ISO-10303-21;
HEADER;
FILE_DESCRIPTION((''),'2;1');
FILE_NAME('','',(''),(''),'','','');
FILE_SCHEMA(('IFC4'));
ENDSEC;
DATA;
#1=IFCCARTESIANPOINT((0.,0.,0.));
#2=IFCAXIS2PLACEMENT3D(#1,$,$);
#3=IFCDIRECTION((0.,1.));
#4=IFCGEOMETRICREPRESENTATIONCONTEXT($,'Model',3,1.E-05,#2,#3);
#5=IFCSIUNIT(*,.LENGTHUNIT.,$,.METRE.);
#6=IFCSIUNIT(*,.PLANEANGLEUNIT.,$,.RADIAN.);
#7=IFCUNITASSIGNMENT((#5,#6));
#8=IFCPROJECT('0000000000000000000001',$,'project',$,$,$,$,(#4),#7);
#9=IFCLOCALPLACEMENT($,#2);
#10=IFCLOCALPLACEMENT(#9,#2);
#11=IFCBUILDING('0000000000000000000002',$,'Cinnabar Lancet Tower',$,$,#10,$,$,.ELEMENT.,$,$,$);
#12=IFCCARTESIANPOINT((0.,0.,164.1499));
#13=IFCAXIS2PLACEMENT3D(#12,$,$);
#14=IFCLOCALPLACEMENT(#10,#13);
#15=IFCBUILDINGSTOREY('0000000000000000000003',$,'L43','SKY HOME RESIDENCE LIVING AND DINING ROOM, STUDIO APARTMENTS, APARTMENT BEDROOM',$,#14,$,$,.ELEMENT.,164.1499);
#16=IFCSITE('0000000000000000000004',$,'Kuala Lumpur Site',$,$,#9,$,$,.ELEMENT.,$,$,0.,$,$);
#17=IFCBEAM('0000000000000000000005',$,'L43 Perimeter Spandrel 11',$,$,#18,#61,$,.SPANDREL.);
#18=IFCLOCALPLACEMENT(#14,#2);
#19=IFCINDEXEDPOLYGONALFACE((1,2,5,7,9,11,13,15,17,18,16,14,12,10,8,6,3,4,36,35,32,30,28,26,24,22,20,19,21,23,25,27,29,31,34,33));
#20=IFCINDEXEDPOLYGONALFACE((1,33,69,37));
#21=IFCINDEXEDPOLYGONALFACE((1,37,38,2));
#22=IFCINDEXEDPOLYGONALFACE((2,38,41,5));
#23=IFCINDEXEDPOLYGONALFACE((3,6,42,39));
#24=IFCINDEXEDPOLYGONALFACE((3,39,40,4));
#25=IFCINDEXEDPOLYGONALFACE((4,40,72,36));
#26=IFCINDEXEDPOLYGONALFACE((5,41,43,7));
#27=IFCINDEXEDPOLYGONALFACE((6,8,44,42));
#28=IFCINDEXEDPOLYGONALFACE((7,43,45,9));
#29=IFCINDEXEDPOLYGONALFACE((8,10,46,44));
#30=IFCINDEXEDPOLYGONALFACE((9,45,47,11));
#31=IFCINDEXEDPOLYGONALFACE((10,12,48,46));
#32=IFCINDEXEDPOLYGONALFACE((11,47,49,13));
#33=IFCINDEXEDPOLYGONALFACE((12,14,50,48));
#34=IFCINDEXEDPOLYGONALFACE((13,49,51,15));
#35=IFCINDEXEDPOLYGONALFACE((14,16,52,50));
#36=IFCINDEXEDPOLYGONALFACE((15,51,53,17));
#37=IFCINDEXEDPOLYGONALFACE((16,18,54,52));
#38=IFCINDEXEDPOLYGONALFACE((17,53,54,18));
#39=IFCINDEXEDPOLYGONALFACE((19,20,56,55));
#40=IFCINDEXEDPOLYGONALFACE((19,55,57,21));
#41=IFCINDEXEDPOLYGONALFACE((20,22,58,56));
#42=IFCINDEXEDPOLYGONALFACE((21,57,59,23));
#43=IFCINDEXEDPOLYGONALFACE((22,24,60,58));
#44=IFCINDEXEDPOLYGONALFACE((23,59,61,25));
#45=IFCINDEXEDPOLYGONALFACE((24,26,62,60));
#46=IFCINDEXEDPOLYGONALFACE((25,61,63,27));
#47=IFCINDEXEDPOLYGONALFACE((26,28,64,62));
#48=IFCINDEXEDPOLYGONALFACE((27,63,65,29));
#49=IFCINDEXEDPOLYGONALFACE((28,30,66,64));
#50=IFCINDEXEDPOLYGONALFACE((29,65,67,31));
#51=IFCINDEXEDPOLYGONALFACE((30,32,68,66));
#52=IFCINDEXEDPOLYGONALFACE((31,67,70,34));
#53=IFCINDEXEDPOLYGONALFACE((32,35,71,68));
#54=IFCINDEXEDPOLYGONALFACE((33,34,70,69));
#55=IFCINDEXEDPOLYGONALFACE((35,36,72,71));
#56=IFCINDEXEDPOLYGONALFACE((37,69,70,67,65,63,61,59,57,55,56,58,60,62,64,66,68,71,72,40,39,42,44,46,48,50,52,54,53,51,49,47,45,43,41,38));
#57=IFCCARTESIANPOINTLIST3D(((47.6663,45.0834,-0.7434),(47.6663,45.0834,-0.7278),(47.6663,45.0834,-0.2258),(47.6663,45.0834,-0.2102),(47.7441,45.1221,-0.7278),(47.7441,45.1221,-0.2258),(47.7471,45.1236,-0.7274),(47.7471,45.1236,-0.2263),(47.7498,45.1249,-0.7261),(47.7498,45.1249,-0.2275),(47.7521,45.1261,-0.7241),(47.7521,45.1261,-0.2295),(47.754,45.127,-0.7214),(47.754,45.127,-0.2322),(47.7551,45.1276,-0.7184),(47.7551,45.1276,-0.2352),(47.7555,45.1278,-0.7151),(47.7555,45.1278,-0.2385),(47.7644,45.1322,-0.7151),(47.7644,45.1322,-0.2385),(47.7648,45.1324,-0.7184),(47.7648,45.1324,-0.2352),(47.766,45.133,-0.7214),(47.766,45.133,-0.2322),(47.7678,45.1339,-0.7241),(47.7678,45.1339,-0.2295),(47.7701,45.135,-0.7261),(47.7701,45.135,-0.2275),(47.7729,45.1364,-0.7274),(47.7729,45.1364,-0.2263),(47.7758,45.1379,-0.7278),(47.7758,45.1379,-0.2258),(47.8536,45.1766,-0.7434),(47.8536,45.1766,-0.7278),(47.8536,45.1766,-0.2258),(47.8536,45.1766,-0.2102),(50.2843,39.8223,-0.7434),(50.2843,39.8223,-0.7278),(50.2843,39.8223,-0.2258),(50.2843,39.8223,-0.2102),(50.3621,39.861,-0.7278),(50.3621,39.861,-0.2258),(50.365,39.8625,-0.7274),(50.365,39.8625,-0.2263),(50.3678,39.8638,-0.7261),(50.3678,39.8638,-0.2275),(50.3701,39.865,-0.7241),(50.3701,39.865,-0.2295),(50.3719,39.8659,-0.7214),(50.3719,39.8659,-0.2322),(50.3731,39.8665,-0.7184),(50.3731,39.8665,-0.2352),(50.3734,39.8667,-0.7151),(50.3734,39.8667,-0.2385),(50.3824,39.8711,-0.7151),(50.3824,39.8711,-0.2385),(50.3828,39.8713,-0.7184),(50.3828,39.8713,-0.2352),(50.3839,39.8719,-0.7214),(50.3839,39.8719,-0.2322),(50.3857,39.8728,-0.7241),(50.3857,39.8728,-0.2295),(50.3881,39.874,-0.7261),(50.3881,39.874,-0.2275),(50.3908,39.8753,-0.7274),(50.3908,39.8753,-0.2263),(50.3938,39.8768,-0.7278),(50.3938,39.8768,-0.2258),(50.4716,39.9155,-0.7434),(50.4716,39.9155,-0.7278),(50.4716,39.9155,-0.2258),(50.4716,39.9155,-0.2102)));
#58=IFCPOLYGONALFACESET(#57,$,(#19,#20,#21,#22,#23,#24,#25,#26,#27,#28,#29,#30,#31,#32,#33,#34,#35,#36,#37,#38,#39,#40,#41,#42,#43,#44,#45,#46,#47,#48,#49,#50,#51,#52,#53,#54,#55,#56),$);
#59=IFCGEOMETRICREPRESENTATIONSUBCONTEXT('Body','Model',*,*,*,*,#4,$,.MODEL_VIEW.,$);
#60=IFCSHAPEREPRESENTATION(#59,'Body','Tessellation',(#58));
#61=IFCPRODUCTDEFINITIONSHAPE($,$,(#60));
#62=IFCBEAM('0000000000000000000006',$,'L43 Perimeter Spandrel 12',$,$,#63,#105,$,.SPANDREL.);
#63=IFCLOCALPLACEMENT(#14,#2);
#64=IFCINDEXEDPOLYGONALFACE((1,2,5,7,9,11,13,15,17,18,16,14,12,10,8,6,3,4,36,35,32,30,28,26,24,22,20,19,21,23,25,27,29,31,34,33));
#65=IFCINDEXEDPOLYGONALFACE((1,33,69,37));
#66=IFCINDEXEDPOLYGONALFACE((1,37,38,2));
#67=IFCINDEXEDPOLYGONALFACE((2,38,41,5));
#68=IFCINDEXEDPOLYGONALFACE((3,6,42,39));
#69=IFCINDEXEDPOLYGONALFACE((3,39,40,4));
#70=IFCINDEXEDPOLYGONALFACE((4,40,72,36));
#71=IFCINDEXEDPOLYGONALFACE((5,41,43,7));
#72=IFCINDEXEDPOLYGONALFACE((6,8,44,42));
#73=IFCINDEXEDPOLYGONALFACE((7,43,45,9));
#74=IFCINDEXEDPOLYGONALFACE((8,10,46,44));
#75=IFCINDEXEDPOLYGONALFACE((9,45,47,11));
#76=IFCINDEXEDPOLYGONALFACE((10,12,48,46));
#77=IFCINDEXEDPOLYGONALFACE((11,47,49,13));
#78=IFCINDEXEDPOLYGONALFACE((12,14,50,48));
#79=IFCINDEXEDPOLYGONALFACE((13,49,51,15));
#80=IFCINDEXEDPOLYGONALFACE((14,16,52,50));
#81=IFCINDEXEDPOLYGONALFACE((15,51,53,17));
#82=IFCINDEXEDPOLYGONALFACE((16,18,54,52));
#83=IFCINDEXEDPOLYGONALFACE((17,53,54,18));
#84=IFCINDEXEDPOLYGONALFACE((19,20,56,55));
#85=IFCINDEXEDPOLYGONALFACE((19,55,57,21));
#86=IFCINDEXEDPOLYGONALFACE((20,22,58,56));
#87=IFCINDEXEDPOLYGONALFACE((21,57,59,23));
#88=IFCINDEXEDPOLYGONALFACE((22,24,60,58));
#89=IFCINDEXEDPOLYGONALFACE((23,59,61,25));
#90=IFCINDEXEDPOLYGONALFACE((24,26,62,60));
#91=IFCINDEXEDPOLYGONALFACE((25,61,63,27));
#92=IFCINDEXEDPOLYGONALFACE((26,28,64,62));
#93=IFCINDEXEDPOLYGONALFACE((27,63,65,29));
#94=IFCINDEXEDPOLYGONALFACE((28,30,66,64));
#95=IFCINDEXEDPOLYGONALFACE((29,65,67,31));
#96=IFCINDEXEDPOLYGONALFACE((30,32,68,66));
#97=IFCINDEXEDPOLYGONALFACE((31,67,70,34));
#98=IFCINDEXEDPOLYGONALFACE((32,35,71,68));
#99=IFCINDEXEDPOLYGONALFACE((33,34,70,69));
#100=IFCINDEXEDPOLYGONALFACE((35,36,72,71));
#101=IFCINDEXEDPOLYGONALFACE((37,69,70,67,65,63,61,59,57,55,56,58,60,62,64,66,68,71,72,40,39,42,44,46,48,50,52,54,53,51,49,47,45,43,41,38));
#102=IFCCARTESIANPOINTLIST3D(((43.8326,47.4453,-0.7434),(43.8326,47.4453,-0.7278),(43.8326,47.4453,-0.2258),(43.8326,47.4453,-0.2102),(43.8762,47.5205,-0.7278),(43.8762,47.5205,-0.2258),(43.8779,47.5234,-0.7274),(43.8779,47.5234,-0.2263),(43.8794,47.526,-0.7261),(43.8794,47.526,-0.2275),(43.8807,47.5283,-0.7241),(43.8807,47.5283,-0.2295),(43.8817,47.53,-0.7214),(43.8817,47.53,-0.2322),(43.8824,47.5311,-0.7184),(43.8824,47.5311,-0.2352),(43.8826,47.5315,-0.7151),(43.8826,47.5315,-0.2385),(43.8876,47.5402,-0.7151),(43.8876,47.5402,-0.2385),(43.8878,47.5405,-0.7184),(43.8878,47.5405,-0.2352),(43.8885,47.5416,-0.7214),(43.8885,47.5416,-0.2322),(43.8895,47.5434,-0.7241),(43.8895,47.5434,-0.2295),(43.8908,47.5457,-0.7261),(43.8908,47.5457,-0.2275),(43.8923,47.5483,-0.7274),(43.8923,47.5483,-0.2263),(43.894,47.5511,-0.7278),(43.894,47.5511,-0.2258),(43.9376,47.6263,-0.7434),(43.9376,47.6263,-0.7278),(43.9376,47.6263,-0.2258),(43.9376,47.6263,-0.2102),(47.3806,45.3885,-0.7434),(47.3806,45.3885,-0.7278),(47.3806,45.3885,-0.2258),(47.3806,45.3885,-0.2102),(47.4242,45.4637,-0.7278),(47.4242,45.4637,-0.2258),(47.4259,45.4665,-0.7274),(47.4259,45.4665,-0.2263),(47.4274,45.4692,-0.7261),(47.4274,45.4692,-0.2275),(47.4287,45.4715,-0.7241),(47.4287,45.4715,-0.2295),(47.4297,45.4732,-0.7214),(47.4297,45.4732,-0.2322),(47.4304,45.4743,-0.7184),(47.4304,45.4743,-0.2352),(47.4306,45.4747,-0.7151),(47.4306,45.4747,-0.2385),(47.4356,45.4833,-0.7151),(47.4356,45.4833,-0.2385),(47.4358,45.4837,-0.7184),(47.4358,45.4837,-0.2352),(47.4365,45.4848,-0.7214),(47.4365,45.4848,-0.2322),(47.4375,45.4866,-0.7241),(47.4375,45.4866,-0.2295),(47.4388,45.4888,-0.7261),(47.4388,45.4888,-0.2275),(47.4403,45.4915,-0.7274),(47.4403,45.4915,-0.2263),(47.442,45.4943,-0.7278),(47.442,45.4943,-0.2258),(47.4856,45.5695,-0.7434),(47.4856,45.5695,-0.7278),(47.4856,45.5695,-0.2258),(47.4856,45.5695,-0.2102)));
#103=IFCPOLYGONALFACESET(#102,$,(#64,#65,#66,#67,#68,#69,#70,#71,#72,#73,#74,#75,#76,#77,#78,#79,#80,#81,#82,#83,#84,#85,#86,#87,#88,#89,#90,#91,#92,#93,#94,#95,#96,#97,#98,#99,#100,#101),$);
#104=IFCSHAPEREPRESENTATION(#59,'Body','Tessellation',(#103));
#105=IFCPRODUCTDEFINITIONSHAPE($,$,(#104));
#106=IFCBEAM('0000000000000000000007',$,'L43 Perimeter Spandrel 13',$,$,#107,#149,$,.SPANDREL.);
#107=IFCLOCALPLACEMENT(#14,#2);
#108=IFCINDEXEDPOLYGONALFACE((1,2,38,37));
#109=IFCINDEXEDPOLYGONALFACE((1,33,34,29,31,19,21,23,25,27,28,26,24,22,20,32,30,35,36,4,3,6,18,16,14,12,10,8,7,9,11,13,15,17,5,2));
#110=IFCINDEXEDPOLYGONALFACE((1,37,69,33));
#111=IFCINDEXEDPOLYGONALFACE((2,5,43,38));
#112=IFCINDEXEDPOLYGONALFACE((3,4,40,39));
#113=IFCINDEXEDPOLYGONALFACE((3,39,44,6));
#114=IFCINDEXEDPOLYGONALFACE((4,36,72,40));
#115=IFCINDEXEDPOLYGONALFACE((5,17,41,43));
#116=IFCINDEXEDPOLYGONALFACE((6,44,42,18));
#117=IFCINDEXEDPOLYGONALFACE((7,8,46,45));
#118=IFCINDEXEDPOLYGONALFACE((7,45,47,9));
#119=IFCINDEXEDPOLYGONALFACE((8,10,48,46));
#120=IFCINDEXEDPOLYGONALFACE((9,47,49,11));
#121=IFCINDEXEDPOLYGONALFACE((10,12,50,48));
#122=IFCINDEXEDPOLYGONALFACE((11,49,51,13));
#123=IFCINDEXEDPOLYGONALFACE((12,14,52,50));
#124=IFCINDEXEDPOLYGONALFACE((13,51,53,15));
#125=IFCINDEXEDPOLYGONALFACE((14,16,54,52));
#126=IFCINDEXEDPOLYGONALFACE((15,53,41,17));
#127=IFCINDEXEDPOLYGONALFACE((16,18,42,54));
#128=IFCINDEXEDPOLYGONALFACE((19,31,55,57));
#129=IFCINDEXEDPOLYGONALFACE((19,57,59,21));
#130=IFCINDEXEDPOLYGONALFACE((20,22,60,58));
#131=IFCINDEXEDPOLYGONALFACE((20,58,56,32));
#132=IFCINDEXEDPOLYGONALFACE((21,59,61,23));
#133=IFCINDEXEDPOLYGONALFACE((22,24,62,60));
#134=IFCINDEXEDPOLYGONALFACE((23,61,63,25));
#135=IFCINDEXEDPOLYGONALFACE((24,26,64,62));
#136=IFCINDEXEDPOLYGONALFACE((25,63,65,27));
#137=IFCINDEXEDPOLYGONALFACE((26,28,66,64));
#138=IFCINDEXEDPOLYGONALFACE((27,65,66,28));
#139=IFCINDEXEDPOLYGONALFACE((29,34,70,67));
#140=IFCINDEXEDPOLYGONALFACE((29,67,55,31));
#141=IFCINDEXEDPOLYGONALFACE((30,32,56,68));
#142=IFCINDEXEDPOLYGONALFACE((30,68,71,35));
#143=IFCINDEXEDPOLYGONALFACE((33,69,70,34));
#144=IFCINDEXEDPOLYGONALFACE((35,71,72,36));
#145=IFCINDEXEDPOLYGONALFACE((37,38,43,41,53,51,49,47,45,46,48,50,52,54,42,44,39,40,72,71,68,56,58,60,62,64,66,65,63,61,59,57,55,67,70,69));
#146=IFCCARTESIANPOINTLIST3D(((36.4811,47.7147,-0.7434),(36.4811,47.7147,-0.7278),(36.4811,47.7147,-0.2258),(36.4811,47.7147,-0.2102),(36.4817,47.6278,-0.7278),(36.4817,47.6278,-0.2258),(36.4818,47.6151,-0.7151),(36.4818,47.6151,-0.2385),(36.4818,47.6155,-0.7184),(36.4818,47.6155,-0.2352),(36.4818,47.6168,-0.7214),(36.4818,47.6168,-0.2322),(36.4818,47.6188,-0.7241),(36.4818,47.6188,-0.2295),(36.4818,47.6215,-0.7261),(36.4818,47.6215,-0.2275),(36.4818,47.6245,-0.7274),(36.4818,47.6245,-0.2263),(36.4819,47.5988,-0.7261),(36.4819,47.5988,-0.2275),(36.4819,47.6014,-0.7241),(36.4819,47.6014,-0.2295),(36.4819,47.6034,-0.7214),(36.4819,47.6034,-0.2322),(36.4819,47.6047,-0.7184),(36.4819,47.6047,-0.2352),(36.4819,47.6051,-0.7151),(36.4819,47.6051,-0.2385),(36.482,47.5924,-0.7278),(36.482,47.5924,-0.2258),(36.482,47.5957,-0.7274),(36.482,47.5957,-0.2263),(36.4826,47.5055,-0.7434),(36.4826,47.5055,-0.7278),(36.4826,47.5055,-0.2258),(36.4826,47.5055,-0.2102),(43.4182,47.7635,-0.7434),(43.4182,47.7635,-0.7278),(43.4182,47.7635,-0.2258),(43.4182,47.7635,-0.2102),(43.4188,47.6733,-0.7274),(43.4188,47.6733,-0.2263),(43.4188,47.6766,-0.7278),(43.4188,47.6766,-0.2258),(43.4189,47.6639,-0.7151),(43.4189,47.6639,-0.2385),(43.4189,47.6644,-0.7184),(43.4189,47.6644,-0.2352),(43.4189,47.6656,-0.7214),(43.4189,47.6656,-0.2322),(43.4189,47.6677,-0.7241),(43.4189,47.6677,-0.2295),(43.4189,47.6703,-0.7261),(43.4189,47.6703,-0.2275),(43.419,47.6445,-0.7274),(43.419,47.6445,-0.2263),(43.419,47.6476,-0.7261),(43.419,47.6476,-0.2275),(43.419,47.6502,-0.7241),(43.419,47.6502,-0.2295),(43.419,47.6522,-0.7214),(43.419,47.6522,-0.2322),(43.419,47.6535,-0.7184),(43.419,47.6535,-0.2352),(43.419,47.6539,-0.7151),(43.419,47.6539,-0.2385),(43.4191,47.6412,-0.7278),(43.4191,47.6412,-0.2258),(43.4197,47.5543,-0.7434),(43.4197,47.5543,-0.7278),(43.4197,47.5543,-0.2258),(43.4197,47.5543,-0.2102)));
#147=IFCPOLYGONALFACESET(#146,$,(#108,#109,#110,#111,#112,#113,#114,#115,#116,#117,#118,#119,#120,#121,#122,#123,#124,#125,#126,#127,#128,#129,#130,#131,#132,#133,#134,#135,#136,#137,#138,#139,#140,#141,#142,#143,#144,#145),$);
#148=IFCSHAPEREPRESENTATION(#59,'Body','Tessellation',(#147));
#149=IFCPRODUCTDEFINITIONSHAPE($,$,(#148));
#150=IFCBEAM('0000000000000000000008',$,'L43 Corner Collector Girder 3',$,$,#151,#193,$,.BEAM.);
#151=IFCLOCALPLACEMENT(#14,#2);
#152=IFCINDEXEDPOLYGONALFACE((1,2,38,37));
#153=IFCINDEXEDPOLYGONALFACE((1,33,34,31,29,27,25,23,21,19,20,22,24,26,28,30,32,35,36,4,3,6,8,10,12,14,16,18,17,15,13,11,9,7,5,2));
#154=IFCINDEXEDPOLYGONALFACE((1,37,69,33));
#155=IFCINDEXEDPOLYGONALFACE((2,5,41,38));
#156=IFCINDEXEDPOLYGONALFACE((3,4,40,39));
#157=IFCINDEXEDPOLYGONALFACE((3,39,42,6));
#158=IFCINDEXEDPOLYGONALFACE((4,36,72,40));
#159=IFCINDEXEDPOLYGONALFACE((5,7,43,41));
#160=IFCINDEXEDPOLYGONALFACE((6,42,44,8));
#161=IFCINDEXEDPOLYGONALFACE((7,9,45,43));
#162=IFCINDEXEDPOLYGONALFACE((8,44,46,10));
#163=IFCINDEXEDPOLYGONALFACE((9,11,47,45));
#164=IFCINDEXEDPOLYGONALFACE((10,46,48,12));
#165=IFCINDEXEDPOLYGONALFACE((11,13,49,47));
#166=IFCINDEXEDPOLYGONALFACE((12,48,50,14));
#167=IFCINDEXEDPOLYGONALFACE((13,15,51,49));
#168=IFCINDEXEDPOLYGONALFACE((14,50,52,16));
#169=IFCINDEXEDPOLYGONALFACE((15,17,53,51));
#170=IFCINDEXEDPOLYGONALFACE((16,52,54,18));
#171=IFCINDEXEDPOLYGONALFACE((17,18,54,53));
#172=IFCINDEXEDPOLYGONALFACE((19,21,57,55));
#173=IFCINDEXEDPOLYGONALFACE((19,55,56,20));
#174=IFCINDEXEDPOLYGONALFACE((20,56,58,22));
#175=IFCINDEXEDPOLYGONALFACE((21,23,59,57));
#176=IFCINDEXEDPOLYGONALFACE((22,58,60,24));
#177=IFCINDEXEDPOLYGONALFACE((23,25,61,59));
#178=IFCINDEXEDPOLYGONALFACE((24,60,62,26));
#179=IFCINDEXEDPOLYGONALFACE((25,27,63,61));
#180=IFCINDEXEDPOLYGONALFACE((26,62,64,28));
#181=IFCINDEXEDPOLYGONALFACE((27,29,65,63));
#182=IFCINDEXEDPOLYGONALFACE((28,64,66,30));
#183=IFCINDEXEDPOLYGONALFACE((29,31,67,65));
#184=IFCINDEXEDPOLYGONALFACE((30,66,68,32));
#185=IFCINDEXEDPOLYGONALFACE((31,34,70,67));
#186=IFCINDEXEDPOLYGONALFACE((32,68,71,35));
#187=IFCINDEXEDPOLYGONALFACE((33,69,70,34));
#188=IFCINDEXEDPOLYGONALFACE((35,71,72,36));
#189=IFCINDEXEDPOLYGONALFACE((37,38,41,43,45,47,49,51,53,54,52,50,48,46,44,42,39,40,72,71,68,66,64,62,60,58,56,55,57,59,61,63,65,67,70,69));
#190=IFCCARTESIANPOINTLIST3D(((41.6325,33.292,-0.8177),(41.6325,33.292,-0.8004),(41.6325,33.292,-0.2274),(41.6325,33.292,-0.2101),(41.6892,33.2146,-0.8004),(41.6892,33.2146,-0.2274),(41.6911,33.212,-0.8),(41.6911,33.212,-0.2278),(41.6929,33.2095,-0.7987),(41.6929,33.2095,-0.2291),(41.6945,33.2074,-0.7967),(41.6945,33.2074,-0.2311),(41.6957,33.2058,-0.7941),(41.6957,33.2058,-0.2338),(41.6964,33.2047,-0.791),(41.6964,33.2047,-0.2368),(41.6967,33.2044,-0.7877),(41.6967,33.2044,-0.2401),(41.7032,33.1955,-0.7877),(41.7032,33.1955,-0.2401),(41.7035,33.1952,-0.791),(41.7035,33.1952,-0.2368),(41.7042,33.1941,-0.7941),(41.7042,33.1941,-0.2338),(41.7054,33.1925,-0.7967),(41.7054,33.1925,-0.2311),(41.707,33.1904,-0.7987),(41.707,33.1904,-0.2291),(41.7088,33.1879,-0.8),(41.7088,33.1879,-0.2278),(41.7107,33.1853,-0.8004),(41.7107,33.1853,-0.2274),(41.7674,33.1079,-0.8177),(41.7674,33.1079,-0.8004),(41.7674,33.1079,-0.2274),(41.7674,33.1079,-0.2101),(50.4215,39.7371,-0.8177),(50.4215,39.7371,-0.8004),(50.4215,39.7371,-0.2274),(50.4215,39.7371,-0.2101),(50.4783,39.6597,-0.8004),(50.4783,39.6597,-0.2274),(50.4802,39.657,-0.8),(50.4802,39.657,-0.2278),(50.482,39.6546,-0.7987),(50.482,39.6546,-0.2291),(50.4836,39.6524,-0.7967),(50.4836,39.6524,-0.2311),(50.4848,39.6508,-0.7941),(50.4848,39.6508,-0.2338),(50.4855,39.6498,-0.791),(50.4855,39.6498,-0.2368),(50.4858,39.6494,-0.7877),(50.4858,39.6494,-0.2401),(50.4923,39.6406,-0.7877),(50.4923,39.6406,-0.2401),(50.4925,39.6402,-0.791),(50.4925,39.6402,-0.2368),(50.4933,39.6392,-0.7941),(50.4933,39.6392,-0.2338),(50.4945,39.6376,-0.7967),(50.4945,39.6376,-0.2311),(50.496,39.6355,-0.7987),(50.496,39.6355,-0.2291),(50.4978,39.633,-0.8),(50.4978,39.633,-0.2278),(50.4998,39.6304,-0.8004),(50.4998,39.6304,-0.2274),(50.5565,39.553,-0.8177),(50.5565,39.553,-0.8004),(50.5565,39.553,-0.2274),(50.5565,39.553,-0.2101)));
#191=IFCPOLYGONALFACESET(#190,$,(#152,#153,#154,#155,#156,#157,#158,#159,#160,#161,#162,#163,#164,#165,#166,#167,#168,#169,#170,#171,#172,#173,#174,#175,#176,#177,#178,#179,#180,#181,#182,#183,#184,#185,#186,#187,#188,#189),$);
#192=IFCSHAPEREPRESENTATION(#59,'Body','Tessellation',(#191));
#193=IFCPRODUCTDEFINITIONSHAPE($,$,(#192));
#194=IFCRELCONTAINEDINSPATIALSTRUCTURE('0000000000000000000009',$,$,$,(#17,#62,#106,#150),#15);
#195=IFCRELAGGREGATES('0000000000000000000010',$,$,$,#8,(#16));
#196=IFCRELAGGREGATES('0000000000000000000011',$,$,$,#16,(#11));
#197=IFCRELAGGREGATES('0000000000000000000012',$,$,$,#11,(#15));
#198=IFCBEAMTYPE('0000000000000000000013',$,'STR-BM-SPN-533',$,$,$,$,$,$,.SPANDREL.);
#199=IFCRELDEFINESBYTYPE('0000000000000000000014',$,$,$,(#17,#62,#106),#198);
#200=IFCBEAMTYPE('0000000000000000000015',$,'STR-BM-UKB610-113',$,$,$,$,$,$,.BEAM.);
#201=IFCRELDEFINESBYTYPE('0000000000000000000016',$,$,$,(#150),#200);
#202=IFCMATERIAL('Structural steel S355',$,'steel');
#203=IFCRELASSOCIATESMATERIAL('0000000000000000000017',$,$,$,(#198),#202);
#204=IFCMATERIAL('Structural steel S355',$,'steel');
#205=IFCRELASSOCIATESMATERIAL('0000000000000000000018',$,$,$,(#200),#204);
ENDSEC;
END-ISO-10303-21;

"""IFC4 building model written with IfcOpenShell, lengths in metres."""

from ifc_helpers import new_model, si_unit, direction, frame, origin, origin_2d, place, context, subcontext, project, spatial, i_section, extrude, material, material_profile, profile_set, type_object, element, save


model = new_model("IFC4")

# Units and contexts
model_context = context("Model", 3, precision=1e-05, world=origin(), true_north=direction((0.0, 1.0)))
body_context = subcontext(model_context, "Body", "Model", "MODEL_VIEW")
ifc_project = project(units=[si_unit("LENGTHUNIT", "METRE"), si_unit("PLANEANGLEUNIT", "RADIAN")], contexts=[model_context])

# Site, building, storey
site_placement = place(None, origin())
site = spatial("IfcSite", under=ifc_project, at=site_placement, Name="Kuala Lumpur Site", CompositionType="ELEMENT", RefElevation=0.0)
building_placement = place(site_placement, origin())
building = spatial("IfcBuilding", under=site, at=building_placement, Name="Cinnabar Lancet Tower", CompositionType="ELEMENT")
storey_placement = place(building_placement, frame((0.0, 0.0, 164.1499)))
storey = spatial("IfcBuildingStorey", under=building, at=storey_placement, Name="L43", Description="SKY HOME RESIDENCE LIVING AND DINING ROOM, STUDIO APARTMENTS, APARTMENT BEDROOM", CompositionType="ELEMENT", Elevation=164.1499)

# Beams
ifc_material_1 = material(Name="Structural steel S355", Category="steel")
ifc_material_profile_1 = material_profile(ifc_material_1, i_section(OverallWidth=0.2092, OverallDepth=0.5332, WebThickness=0.01, FlangeThickness=0.0156, FilletRadius=0.0127, at=origin_2d()), Name="UKB 533x210x92")
ifc_profile_set_1 = profile_set([ifc_material_profile_1], Name="Structural steel S355")
beam_type_1 = type_object("IfcBeamType", Name="STR-BM-SPN-533", PredefinedType="SPANDREL", material=ifc_profile_set_1)
beam_1_placement = place(storey_placement, frame((50.3779, 39.8689, -0.4768), z_axis=(-0.445501, 0.895281, 0.0), x_axis=(-0.895281, -0.445501, 0.0)))
element("IfcBeam", 1, at=beam_1_placement, inside=storey, type_object=beam_type_1, Name="L43 Perimeter Spandrel 11", PredefinedType="SPANDREL", context=body_context, shape_type="SweptSolid", body=[
    extrude(i_section(OverallWidth=0.2092, OverallDepth=0.5332, WebThickness=0.01, FlangeThickness=0.0156, FilletRadius=0.0127, at=origin_2d()), origin(), (0.0, 0.0, 1.0), 5.8765),
])
beam_2_placement = place(storey_placement, frame((47.4331, 45.479, -0.4768), z_axis=(-0.865138, 0.501534, 0.0), x_axis=(-0.501534, -0.865138, 0.0)))
element("IfcBeam", 2, at=beam_2_placement, inside=storey, type_object=beam_type_1, Name="L43 Perimeter Spandrel 12", PredefinedType="SPANDREL", context=body_context, shape_type="SweptSolid", body=[
    extrude(i_section(OverallWidth=0.2092, OverallDepth=0.5332, WebThickness=0.01, FlangeThickness=0.0156, FilletRadius=0.0127, at=origin_2d()), origin(), (0.0, 0.0, 1.0), 4.1011),
])
beam_3_placement = place(storey_placement, frame((43.4189, 47.6589, -0.4768), z_axis=(-0.999975, -0.007039, 0.0), x_axis=(0.007039, -0.999975, 0.0)))
element("IfcBeam", 3, at=beam_3_placement, inside=storey, type_object=beam_type_1, Name="L43 Perimeter Spandrel 13", PredefinedType="SPANDREL", context=body_context, shape_type="SweptSolid", body=[
    extrude(i_section(OverallWidth=0.2092, OverallDepth=0.5332, WebThickness=0.01, FlangeThickness=0.0156, FilletRadius=0.0127, at=origin_2d()), origin(), (0.0, 0.0, 1.0), 6.9373),
])
ifc_material_2 = material(Name="Structural steel S355", Category="steel")
ifc_material_profile_2 = material_profile(ifc_material_2, i_section(OverallWidth=0.2283, OverallDepth=0.6077, WebThickness=0.011, FlangeThickness=0.0173, FilletRadius=0.0127, at=origin_2d()), Name="UKB 610x229x113")
ifc_profile_set_2 = profile_set([ifc_material_profile_2], Name="Structural steel S355")
beam_type_2 = type_object("IfcBeamType", Name="STR-BM-UKB610-113", PredefinedType="BEAM", material=ifc_profile_set_2)
beam_4_placement = place(storey_placement, frame((50.489, 39.645, -0.5139), z_axis=(-0.806416, -0.591349, 0.0), x_axis=(0.591349, -0.806416, 0.0)))
element("IfcBeam", 4, at=beam_4_placement, inside=storey, type_object=beam_type_2, Name="L43 Corner Collector Girder 3", PredefinedType="BEAM", context=body_context, shape_type="SweptSolid", body=[
    extrude(i_section(OverallWidth=0.2283, OverallDepth=0.6077, WebThickness=0.011, FlangeThickness=0.0173, FilletRadius=0.0127, at=origin_2d()), origin(), (0.0, 0.0, 1.0), 10.8989),
])

save(model, "model.ifc")
